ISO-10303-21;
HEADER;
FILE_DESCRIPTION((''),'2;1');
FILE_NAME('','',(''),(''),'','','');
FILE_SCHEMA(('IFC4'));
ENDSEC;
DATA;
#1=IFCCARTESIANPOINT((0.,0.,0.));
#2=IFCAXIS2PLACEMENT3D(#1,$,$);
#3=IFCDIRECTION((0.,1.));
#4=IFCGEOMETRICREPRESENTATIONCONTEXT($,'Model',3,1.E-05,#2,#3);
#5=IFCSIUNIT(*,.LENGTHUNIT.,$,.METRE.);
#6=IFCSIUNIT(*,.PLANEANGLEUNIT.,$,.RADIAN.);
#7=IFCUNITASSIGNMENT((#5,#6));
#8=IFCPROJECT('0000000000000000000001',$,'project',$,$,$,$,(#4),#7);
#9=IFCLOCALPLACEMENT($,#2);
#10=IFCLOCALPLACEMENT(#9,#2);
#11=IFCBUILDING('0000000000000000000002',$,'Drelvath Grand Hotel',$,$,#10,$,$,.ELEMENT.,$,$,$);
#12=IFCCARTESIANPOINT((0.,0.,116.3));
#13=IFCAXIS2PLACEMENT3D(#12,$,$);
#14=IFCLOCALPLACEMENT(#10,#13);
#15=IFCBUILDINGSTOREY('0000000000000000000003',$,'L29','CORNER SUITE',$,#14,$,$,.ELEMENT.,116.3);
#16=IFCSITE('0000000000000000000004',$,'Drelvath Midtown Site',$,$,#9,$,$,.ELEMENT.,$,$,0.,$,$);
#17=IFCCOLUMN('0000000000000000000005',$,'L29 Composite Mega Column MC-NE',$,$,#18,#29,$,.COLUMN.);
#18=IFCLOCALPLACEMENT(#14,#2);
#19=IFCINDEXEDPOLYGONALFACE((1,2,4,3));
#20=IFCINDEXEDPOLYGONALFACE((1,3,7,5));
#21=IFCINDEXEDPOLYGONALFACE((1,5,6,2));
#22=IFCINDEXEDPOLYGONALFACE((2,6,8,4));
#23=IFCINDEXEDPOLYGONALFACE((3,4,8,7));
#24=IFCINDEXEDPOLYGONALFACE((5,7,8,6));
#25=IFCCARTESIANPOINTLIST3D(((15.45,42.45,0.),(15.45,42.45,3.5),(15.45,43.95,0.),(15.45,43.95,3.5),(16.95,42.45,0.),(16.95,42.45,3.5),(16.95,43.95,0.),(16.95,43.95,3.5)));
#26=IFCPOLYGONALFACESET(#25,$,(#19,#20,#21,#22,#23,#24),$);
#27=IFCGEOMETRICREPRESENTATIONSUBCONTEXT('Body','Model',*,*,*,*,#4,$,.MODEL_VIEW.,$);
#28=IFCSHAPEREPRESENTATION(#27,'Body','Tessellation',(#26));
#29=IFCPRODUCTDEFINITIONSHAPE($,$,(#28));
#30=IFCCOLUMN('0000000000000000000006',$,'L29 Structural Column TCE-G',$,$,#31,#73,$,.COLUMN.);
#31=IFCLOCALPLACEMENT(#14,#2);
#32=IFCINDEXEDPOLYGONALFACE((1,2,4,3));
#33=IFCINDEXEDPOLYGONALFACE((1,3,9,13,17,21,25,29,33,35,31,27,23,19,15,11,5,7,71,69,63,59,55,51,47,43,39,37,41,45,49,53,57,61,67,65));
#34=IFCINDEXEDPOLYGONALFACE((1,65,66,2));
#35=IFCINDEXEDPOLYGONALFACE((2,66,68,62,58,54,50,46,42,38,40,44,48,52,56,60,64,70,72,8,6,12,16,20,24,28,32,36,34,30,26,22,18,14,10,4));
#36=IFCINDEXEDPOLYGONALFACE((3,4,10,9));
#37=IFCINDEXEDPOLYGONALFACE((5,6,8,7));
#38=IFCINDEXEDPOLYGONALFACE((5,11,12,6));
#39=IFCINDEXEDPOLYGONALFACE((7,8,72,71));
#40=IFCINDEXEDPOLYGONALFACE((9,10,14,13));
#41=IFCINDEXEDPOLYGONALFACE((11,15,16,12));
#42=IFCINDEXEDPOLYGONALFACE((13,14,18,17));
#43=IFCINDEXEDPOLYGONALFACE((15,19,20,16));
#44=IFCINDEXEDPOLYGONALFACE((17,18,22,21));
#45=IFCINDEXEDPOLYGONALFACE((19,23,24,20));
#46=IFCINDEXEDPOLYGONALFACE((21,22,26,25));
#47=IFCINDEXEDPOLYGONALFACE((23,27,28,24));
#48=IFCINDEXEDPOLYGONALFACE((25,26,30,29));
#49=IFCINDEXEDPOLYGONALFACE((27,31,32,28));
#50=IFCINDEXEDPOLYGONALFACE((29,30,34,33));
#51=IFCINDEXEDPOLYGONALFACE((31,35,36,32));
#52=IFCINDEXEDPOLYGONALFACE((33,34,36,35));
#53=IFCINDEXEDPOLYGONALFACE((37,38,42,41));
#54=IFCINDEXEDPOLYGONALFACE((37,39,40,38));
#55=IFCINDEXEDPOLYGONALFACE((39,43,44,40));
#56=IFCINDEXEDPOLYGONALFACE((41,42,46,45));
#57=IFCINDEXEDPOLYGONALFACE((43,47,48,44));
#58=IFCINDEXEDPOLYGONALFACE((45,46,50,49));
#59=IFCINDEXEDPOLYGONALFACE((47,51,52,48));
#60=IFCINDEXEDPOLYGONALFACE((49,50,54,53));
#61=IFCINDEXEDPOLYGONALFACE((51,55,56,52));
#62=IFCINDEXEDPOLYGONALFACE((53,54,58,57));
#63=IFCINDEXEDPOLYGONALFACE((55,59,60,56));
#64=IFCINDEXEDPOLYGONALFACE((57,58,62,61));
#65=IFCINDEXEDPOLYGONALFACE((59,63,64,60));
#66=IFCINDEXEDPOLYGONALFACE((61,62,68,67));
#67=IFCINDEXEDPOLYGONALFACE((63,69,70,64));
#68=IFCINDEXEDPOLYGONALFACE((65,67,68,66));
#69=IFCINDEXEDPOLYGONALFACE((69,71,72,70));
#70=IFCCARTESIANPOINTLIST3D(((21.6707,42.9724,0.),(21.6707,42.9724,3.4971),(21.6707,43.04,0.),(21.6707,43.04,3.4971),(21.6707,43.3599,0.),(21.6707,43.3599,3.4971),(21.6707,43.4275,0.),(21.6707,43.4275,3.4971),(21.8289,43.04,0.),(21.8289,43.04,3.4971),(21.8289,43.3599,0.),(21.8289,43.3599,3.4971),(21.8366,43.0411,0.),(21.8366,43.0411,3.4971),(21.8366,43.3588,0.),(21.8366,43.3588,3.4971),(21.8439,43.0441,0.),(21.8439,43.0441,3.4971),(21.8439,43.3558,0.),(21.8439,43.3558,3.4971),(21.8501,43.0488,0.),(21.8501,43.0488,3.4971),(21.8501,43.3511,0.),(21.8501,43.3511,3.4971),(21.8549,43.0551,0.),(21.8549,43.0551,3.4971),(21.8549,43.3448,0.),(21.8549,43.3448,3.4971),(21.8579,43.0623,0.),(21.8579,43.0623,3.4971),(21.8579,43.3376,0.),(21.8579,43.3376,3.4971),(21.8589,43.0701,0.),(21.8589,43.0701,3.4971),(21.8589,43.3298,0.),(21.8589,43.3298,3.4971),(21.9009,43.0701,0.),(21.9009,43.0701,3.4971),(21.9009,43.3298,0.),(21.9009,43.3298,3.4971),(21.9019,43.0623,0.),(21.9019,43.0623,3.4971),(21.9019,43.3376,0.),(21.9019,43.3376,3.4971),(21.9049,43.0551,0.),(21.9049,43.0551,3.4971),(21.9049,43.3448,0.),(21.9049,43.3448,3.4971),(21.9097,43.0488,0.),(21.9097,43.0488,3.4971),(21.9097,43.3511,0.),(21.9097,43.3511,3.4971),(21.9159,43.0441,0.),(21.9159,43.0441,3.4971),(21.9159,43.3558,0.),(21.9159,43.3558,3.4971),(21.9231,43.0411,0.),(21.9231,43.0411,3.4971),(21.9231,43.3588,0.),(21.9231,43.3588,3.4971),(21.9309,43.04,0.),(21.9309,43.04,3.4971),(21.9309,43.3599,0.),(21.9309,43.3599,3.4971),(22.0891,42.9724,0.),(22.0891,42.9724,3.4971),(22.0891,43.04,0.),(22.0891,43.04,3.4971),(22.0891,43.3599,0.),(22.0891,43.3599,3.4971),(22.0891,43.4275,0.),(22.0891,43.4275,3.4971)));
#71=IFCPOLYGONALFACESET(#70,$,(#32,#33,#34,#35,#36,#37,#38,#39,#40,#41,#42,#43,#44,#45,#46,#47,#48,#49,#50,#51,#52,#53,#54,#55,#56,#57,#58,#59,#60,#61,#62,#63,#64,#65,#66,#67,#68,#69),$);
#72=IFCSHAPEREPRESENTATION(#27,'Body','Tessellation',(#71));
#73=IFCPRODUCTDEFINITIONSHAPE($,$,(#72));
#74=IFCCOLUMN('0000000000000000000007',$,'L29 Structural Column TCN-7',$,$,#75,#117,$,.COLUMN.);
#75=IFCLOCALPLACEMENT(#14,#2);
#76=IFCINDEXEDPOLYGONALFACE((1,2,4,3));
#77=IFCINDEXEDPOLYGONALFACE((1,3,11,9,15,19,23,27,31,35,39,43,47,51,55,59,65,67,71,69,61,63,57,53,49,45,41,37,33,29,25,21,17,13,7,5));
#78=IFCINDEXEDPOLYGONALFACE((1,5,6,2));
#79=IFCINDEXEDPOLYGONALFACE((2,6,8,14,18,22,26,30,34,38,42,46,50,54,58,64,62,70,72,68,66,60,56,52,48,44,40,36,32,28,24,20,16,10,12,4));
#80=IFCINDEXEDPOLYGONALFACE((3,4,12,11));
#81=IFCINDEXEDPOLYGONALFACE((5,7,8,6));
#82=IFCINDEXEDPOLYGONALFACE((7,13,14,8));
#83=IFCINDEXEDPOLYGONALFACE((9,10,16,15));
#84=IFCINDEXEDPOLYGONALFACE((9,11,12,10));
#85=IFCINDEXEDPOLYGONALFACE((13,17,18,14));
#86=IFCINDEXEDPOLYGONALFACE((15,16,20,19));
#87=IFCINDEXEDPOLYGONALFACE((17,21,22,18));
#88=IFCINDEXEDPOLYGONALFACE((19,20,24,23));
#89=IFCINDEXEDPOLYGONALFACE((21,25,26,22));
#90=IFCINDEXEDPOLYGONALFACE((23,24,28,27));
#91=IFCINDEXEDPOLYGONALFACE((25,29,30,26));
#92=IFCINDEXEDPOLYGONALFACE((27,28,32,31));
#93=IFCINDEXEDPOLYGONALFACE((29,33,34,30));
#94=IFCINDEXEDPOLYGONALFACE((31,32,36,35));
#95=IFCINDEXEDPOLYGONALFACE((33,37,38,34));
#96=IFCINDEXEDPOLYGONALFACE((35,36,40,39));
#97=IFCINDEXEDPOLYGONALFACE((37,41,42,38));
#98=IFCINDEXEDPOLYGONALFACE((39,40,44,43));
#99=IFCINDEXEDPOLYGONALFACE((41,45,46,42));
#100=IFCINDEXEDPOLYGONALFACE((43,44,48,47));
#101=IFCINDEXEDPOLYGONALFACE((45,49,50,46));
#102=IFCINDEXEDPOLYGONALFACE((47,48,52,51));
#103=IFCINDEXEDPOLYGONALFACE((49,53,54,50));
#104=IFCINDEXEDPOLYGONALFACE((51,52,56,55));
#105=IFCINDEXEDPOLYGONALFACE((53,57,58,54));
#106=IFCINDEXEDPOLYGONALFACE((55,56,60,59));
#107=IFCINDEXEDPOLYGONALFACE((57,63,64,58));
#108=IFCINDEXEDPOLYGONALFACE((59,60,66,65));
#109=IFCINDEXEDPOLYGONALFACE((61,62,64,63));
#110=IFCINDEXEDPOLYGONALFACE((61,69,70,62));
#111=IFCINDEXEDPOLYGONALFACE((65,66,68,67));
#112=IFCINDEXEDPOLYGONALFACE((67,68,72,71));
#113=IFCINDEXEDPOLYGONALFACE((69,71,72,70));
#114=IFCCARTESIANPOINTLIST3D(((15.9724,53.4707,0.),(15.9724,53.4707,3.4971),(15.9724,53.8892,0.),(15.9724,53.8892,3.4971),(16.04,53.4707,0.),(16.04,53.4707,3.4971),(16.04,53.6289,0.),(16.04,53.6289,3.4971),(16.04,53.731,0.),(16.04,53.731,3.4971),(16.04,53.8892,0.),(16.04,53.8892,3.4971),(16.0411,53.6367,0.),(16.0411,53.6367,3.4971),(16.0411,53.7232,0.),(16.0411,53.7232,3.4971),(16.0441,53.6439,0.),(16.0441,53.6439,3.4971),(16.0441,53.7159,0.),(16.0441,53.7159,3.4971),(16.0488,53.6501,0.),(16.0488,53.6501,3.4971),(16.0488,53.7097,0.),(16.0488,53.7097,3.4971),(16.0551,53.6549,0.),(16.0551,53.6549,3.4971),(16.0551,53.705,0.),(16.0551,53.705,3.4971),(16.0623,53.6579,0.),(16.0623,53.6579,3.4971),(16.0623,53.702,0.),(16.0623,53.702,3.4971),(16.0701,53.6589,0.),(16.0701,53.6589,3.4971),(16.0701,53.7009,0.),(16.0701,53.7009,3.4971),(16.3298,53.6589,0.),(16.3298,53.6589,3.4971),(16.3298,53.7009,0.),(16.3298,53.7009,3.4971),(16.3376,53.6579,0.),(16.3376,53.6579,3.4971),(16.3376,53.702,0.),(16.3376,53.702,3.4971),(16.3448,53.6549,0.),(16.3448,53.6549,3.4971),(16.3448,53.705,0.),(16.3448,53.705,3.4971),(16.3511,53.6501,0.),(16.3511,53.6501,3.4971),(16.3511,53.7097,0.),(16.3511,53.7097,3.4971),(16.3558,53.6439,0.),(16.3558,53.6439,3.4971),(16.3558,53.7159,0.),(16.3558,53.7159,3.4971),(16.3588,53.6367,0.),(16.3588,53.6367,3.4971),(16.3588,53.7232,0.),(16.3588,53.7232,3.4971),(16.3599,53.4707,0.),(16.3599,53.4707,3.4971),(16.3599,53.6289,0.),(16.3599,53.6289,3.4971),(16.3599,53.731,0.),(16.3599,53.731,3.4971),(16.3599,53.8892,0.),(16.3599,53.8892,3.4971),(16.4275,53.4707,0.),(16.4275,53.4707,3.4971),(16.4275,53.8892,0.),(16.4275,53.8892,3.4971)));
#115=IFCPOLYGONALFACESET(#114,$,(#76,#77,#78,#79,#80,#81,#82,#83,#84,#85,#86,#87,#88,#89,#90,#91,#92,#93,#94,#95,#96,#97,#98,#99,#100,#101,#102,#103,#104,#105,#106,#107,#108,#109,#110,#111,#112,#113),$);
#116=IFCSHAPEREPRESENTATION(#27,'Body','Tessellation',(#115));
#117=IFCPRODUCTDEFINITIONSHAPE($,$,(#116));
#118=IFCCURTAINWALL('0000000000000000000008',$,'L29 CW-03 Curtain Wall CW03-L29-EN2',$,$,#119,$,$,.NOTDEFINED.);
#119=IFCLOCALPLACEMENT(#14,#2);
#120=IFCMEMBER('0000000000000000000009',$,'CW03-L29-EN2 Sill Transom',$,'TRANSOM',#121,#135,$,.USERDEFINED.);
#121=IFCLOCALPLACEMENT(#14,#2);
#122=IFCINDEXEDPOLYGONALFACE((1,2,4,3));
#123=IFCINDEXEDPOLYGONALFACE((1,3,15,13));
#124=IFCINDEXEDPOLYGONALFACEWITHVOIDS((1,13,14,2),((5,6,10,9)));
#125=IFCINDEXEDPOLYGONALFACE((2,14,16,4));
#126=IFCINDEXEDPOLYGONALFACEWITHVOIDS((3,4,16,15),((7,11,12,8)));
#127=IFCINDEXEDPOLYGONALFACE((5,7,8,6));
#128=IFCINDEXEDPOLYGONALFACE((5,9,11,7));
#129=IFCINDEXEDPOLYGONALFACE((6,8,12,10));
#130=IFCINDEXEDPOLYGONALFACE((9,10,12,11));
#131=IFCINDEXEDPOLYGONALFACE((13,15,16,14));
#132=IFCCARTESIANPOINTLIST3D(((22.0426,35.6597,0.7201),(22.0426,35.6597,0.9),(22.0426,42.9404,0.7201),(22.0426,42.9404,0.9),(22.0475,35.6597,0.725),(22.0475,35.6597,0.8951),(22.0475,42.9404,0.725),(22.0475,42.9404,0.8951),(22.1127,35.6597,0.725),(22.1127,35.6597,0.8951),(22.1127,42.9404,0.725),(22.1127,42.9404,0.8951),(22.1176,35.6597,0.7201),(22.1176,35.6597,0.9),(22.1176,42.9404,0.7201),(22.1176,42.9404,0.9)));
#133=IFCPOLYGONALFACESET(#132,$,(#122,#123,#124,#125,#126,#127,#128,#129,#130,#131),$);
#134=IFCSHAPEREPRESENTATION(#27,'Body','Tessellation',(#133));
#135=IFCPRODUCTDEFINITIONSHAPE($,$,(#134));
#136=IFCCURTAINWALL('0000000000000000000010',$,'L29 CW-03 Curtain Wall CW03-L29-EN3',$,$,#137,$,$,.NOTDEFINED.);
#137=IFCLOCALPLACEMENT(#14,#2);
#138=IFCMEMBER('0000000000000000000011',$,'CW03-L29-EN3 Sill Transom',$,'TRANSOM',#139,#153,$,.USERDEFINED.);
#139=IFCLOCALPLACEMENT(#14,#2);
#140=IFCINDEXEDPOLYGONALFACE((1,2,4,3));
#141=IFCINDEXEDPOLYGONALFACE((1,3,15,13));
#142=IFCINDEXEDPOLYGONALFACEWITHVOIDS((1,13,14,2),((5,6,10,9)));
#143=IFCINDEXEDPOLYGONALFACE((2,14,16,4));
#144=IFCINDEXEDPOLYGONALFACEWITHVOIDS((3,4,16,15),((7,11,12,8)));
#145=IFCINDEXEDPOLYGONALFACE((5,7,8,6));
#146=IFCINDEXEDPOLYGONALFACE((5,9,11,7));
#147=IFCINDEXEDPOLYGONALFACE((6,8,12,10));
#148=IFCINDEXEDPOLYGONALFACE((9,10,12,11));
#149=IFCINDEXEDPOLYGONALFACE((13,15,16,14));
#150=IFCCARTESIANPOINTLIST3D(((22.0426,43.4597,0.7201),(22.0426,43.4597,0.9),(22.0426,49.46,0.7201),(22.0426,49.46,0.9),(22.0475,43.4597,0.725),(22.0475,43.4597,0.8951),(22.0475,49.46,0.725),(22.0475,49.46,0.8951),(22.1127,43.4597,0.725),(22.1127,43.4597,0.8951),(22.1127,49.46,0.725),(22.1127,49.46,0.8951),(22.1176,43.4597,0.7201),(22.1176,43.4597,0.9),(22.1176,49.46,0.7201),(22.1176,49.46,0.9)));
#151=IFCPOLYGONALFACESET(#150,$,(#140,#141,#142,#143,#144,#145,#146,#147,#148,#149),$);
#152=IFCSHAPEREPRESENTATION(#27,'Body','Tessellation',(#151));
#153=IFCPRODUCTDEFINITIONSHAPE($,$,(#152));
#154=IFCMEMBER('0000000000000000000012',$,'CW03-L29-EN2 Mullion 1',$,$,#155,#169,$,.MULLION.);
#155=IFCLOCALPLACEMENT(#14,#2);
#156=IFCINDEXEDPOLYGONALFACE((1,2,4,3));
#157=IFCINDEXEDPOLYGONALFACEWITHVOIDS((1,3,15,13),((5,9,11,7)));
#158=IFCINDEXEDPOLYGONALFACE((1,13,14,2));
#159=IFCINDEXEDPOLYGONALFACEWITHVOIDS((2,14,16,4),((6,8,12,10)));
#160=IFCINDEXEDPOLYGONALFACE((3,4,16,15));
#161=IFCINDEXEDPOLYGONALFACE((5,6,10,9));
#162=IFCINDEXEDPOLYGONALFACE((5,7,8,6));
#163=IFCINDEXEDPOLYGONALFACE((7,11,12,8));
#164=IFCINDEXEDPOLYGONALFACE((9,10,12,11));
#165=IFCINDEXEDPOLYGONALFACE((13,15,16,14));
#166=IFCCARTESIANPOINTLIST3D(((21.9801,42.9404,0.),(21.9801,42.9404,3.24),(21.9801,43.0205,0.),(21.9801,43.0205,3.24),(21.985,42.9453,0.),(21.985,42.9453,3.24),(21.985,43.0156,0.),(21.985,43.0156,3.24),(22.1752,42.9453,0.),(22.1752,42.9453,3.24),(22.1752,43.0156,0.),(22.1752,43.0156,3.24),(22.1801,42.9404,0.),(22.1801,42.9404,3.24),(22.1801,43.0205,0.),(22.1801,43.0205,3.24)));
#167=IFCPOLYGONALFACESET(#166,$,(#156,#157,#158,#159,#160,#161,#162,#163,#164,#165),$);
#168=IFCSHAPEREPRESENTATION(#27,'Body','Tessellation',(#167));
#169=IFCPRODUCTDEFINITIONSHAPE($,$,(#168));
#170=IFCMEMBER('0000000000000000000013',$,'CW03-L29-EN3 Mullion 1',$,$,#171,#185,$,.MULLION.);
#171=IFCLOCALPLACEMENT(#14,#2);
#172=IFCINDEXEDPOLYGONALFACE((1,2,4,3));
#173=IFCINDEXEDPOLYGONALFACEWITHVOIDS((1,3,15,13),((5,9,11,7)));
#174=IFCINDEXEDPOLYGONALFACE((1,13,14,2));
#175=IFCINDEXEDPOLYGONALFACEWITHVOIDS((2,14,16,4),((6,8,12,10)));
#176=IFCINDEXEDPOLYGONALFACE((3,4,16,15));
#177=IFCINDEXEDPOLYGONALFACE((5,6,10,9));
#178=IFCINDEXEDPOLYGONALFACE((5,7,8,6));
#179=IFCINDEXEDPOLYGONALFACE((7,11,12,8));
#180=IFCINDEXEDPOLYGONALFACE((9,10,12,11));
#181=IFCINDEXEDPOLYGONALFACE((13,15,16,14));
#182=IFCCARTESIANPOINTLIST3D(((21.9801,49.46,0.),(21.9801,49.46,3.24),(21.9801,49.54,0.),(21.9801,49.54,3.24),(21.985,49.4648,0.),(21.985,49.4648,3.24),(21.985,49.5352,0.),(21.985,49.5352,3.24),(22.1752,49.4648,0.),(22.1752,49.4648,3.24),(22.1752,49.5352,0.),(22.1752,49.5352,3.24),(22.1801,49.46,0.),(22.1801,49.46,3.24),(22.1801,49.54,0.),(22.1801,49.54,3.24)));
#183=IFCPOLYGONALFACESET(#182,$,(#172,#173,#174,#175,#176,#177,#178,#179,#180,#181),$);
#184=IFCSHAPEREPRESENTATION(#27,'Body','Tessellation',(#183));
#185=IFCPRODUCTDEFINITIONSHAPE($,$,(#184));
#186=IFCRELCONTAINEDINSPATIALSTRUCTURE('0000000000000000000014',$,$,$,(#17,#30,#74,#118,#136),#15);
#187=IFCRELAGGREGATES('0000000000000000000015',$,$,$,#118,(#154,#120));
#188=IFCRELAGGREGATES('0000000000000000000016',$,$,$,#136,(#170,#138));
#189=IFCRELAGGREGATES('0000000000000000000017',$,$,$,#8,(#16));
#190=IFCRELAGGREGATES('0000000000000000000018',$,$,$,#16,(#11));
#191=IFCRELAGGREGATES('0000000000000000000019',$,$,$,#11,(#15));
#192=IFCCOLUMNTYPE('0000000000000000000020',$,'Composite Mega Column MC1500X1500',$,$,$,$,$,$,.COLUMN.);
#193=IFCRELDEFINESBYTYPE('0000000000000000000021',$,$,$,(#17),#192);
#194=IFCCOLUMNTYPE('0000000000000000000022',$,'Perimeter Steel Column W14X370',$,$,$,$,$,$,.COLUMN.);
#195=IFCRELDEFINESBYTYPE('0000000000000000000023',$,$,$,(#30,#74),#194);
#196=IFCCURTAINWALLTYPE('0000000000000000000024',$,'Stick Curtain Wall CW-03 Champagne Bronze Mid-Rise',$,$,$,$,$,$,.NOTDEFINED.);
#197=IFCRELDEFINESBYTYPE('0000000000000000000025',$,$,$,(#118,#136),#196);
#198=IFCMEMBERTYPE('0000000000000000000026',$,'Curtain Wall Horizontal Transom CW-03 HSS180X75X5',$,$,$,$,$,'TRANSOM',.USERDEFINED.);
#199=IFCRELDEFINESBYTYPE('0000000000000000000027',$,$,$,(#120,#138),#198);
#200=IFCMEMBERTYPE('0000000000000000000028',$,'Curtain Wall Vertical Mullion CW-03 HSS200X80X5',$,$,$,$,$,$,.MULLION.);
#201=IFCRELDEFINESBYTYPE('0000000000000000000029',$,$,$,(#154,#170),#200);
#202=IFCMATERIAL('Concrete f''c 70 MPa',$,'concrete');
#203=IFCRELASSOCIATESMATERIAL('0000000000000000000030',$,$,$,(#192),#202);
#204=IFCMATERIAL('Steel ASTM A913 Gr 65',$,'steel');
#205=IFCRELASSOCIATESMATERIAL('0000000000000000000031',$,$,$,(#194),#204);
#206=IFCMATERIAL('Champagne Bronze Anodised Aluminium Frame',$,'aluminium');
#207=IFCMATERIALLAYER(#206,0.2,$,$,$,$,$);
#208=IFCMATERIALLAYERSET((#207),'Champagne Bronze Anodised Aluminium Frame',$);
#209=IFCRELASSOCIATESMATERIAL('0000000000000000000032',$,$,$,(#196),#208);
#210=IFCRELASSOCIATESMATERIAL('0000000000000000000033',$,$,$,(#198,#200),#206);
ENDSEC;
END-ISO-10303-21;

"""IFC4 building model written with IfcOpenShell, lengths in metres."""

from ifc_helpers import new_model, si_unit, direction, frame, origin, origin_2d, place, context, subcontext, project, spatial, rectangle, hollow_rectangle, i_section, extrude, material, layer, layer_set, material_profile, profile_set, type_object, element, aggregate, save


model = new_model("IFC4")

# Units and contexts
model_context = context("Model", 3, precision=1e-05, world=origin(), true_north=direction((0.0, 1.0)))
body_context = subcontext(model_context, "Body", "Model", "MODEL_VIEW")
ifc_project = project(units=[si_unit("LENGTHUNIT", "METRE"), si_unit("PLANEANGLEUNIT", "RADIAN")], contexts=[model_context])

# Site, building, storey
site_placement = place(None, origin())
site = spatial("IfcSite", under=ifc_project, at=site_placement, Name="Drelvath Midtown Site", CompositionType="ELEMENT", RefElevation=0.0)
building_placement = place(site_placement, origin())
building = spatial("IfcBuilding", under=site, at=building_placement, Name="Drelvath Grand Hotel", CompositionType="ELEMENT")
storey_placement = place(building_placement, frame((0.0, 0.0, 116.3)))
storey = spatial("IfcBuildingStorey", under=building, at=storey_placement, Name="L29", Description="CORNER SUITE", CompositionType="ELEMENT", Elevation=116.3)

# Columns
ifc_material_1 = material(Name="Concrete f'c 70 MPa", Category="concrete")
ifc_material_profile_1 = material_profile(ifc_material_1, rectangle(XDim=1.5, YDim=1.5, at=origin_2d()), Name="MC1500X1500")
ifc_profile_set_1 = profile_set([ifc_material_profile_1], Name="Concrete f'c 70 MPa")
column_type_1 = type_object("IfcColumnType", Name="Composite Mega Column MC1500X1500", PredefinedType="COLUMN", material=ifc_profile_set_1)
column_placement = place(storey_placement, frame((16.2, 43.2, 0.0), z_axis=(0.0, 0.0, 1.0), x_axis=(1.0, 0.0, 0.0)))
element("IfcColumn", 1, at=column_placement, inside=storey, type_object=column_type_1, Name="L29 Composite Mega Column MC-NE", PredefinedType="COLUMN", context=body_context, shape_type="SweptSolid", body=[
    extrude(rectangle(XDim=1.5, YDim=1.5, at=origin_2d()), origin(), (0.0, 0.0, 1.0), 3.5),
])
ifc_material_2 = material(Name="Steel ASTM A913 Gr 65", Category="steel")
ifc_material_profile_2 = material_profile(ifc_material_2, i_section(OverallWidth=0.4185, OverallDepth=0.4551, WebThickness=0.042, FlangeThickness=0.0676, FilletRadius=0.03, at=origin_2d()), Name="W14X370")
ifc_profile_set_2 = profile_set([ifc_material_profile_2], Name="Steel ASTM A913 Gr 65")
column_type_2 = type_object("IfcColumnType", Name="Perimeter Steel Column W14X370", PredefinedType="COLUMN", material=ifc_profile_set_2)
for number, where, z_axis, x_axis, name in (
    (2, (21.8799, 43.2, 0.0), (0.0, 0.0, 1.0), (1.0, 0.0, 0.0), "L29 Structural Column TCE-G"),
    (3, (16.2, 53.6799, 0.0), (0.0, 0.0, 1.0), (0.0, 1.0, 0.0), "L29 Structural Column TCN-7"),
):
    element("IfcColumn", number, at=place(storey_placement, frame(where, z_axis=z_axis, x_axis=x_axis)), inside=storey, type_object=column_type_2, Name=name, PredefinedType="COLUMN", context=body_context, shape_type="SweptSolid", body=[
        extrude(i_section(OverallWidth=0.4185, OverallDepth=0.4551, WebThickness=0.042, FlangeThickness=0.0676, FilletRadius=0.03, at=origin_2d()), origin(), (0.0, 0.0, 1.0), 3.4971),
    ])

# Curtain walls, members
ifc_material_3 = material(Name="Champagne Bronze Anodised Aluminium Frame", Category="aluminium")
ifc_layer_1 = layer(ifc_material_3, 0.2)
ifc_layer_set_1 = layer_set([ifc_layer_1], Name="Champagne Bronze Anodised Aluminium Frame")
curtain_wall_type = type_object("IfcCurtainWallType", Name="Stick Curtain Wall CW-03 Champagne Bronze Mid-Rise", PredefinedType="NOTDEFINED", material=ifc_layer_set_1)
curtain_wall_1_placement = place(storey_placement, origin())
curtain_wall_1 = element("IfcCurtainWall", 4, at=curtain_wall_1_placement, inside=storey, type_object=curtain_wall_type, Name="L29 CW-03 Curtain Wall CW03-L29-EN2", PredefinedType="NOTDEFINED")
ifc_material_profile_3 = material_profile(ifc_material_3, hollow_rectangle(XDim=0.075, YDim=0.1799, WallThickness=0.0049, at=origin_2d()), Name="HSS180X75X5")
ifc_profile_set_3 = profile_set([ifc_material_profile_3], Name="Champagne Bronze Anodised Aluminium Frame")
member_type_1 = type_object("IfcMemberType", Name="Curtain Wall Horizontal Transom CW-03 HSS180X75X5", ElementType="TRANSOM", PredefinedType="USERDEFINED", material=ifc_profile_set_3)
member_1_placement = place(storey_placement, frame((22.0801, 42.9404, 0.8101), z_axis=(0.0, -1.0, 0.0), x_axis=(1.0, 0.0, 0.0)))
member_1 = element("IfcMember", 5, at=member_1_placement, type_object=member_type_1, Name="CW03-L29-EN2 Sill Transom", ObjectType="TRANSOM", PredefinedType="USERDEFINED", context=body_context, shape_type="SweptSolid", body=[
    extrude(hollow_rectangle(XDim=0.075, YDim=0.1799, WallThickness=0.0049, at=origin_2d()), origin(), (0.0, 0.0, 1.0), 7.2808),
])
curtain_wall_2_placement = place(storey_placement, origin())
curtain_wall_2 = element("IfcCurtainWall", 6, at=curtain_wall_2_placement, inside=storey, type_object=curtain_wall_type, Name="L29 CW-03 Curtain Wall CW03-L29-EN3", PredefinedType="NOTDEFINED")
member_2_placement = place(storey_placement, frame((22.0801, 49.46, 0.8101), z_axis=(0.0, -1.0, 0.0), x_axis=(1.0, 0.0, 0.0)))
member_2 = element("IfcMember", 7, at=member_2_placement, type_object=member_type_1, Name="CW03-L29-EN3 Sill Transom", ObjectType="TRANSOM", PredefinedType="USERDEFINED", context=body_context, shape_type="SweptSolid", body=[
    extrude(hollow_rectangle(XDim=0.075, YDim=0.1799, WallThickness=0.0049, at=origin_2d()), origin(), (0.0, 0.0, 1.0), 6.0002),
])

# Members
ifc_material_profile_4 = material_profile(ifc_material_3, hollow_rectangle(XDim=0.0801, YDim=0.2, WallThickness=0.0049, at=origin_2d()), Name="HSS200X80X5")
ifc_profile_set_4 = profile_set([ifc_material_profile_4], Name="Champagne Bronze Anodised Aluminium Frame")
member_type_2 = type_object("IfcMemberType", Name="Curtain Wall Vertical Mullion CW-03 HSS200X80X5", PredefinedType="MULLION", material=ifc_profile_set_4)
member_3_placement = place(storey_placement, frame((22.0801, 42.9805, 0.0), z_axis=(0.0, 0.0, 1.0), x_axis=(0.0, 1.0, 0.0)))
member_3 = element("IfcMember", 8, at=member_3_placement, type_object=member_type_2, Name="CW03-L29-EN2 Mullion 1", PredefinedType="MULLION", context=body_context, shape_type="SweptSolid", body=[
    extrude(hollow_rectangle(XDim=0.0801, YDim=0.2, WallThickness=0.0049, at=origin_2d()), origin(), (0.0, 0.0, 1.0), 3.24),
])
aggregate(curtain_wall_1, [member_3, member_1])
member_4_placement = place(storey_placement, frame((22.0801, 49.5, 0.0), z_axis=(0.0, 0.0, 1.0), x_axis=(0.0, 1.0, 0.0)))
member_4 = element("IfcMember", 9, at=member_4_placement, type_object=member_type_2, Name="CW03-L29-EN3 Mullion 1", PredefinedType="MULLION", context=body_context, shape_type="SweptSolid", body=[
    extrude(hollow_rectangle(XDim=0.0801, YDim=0.2, WallThickness=0.0049, at=origin_2d()), origin(), (0.0, 0.0, 1.0), 3.24),
])

aggregate(curtain_wall_2, [member_4, member_2])

save(model, "model.ifc")
